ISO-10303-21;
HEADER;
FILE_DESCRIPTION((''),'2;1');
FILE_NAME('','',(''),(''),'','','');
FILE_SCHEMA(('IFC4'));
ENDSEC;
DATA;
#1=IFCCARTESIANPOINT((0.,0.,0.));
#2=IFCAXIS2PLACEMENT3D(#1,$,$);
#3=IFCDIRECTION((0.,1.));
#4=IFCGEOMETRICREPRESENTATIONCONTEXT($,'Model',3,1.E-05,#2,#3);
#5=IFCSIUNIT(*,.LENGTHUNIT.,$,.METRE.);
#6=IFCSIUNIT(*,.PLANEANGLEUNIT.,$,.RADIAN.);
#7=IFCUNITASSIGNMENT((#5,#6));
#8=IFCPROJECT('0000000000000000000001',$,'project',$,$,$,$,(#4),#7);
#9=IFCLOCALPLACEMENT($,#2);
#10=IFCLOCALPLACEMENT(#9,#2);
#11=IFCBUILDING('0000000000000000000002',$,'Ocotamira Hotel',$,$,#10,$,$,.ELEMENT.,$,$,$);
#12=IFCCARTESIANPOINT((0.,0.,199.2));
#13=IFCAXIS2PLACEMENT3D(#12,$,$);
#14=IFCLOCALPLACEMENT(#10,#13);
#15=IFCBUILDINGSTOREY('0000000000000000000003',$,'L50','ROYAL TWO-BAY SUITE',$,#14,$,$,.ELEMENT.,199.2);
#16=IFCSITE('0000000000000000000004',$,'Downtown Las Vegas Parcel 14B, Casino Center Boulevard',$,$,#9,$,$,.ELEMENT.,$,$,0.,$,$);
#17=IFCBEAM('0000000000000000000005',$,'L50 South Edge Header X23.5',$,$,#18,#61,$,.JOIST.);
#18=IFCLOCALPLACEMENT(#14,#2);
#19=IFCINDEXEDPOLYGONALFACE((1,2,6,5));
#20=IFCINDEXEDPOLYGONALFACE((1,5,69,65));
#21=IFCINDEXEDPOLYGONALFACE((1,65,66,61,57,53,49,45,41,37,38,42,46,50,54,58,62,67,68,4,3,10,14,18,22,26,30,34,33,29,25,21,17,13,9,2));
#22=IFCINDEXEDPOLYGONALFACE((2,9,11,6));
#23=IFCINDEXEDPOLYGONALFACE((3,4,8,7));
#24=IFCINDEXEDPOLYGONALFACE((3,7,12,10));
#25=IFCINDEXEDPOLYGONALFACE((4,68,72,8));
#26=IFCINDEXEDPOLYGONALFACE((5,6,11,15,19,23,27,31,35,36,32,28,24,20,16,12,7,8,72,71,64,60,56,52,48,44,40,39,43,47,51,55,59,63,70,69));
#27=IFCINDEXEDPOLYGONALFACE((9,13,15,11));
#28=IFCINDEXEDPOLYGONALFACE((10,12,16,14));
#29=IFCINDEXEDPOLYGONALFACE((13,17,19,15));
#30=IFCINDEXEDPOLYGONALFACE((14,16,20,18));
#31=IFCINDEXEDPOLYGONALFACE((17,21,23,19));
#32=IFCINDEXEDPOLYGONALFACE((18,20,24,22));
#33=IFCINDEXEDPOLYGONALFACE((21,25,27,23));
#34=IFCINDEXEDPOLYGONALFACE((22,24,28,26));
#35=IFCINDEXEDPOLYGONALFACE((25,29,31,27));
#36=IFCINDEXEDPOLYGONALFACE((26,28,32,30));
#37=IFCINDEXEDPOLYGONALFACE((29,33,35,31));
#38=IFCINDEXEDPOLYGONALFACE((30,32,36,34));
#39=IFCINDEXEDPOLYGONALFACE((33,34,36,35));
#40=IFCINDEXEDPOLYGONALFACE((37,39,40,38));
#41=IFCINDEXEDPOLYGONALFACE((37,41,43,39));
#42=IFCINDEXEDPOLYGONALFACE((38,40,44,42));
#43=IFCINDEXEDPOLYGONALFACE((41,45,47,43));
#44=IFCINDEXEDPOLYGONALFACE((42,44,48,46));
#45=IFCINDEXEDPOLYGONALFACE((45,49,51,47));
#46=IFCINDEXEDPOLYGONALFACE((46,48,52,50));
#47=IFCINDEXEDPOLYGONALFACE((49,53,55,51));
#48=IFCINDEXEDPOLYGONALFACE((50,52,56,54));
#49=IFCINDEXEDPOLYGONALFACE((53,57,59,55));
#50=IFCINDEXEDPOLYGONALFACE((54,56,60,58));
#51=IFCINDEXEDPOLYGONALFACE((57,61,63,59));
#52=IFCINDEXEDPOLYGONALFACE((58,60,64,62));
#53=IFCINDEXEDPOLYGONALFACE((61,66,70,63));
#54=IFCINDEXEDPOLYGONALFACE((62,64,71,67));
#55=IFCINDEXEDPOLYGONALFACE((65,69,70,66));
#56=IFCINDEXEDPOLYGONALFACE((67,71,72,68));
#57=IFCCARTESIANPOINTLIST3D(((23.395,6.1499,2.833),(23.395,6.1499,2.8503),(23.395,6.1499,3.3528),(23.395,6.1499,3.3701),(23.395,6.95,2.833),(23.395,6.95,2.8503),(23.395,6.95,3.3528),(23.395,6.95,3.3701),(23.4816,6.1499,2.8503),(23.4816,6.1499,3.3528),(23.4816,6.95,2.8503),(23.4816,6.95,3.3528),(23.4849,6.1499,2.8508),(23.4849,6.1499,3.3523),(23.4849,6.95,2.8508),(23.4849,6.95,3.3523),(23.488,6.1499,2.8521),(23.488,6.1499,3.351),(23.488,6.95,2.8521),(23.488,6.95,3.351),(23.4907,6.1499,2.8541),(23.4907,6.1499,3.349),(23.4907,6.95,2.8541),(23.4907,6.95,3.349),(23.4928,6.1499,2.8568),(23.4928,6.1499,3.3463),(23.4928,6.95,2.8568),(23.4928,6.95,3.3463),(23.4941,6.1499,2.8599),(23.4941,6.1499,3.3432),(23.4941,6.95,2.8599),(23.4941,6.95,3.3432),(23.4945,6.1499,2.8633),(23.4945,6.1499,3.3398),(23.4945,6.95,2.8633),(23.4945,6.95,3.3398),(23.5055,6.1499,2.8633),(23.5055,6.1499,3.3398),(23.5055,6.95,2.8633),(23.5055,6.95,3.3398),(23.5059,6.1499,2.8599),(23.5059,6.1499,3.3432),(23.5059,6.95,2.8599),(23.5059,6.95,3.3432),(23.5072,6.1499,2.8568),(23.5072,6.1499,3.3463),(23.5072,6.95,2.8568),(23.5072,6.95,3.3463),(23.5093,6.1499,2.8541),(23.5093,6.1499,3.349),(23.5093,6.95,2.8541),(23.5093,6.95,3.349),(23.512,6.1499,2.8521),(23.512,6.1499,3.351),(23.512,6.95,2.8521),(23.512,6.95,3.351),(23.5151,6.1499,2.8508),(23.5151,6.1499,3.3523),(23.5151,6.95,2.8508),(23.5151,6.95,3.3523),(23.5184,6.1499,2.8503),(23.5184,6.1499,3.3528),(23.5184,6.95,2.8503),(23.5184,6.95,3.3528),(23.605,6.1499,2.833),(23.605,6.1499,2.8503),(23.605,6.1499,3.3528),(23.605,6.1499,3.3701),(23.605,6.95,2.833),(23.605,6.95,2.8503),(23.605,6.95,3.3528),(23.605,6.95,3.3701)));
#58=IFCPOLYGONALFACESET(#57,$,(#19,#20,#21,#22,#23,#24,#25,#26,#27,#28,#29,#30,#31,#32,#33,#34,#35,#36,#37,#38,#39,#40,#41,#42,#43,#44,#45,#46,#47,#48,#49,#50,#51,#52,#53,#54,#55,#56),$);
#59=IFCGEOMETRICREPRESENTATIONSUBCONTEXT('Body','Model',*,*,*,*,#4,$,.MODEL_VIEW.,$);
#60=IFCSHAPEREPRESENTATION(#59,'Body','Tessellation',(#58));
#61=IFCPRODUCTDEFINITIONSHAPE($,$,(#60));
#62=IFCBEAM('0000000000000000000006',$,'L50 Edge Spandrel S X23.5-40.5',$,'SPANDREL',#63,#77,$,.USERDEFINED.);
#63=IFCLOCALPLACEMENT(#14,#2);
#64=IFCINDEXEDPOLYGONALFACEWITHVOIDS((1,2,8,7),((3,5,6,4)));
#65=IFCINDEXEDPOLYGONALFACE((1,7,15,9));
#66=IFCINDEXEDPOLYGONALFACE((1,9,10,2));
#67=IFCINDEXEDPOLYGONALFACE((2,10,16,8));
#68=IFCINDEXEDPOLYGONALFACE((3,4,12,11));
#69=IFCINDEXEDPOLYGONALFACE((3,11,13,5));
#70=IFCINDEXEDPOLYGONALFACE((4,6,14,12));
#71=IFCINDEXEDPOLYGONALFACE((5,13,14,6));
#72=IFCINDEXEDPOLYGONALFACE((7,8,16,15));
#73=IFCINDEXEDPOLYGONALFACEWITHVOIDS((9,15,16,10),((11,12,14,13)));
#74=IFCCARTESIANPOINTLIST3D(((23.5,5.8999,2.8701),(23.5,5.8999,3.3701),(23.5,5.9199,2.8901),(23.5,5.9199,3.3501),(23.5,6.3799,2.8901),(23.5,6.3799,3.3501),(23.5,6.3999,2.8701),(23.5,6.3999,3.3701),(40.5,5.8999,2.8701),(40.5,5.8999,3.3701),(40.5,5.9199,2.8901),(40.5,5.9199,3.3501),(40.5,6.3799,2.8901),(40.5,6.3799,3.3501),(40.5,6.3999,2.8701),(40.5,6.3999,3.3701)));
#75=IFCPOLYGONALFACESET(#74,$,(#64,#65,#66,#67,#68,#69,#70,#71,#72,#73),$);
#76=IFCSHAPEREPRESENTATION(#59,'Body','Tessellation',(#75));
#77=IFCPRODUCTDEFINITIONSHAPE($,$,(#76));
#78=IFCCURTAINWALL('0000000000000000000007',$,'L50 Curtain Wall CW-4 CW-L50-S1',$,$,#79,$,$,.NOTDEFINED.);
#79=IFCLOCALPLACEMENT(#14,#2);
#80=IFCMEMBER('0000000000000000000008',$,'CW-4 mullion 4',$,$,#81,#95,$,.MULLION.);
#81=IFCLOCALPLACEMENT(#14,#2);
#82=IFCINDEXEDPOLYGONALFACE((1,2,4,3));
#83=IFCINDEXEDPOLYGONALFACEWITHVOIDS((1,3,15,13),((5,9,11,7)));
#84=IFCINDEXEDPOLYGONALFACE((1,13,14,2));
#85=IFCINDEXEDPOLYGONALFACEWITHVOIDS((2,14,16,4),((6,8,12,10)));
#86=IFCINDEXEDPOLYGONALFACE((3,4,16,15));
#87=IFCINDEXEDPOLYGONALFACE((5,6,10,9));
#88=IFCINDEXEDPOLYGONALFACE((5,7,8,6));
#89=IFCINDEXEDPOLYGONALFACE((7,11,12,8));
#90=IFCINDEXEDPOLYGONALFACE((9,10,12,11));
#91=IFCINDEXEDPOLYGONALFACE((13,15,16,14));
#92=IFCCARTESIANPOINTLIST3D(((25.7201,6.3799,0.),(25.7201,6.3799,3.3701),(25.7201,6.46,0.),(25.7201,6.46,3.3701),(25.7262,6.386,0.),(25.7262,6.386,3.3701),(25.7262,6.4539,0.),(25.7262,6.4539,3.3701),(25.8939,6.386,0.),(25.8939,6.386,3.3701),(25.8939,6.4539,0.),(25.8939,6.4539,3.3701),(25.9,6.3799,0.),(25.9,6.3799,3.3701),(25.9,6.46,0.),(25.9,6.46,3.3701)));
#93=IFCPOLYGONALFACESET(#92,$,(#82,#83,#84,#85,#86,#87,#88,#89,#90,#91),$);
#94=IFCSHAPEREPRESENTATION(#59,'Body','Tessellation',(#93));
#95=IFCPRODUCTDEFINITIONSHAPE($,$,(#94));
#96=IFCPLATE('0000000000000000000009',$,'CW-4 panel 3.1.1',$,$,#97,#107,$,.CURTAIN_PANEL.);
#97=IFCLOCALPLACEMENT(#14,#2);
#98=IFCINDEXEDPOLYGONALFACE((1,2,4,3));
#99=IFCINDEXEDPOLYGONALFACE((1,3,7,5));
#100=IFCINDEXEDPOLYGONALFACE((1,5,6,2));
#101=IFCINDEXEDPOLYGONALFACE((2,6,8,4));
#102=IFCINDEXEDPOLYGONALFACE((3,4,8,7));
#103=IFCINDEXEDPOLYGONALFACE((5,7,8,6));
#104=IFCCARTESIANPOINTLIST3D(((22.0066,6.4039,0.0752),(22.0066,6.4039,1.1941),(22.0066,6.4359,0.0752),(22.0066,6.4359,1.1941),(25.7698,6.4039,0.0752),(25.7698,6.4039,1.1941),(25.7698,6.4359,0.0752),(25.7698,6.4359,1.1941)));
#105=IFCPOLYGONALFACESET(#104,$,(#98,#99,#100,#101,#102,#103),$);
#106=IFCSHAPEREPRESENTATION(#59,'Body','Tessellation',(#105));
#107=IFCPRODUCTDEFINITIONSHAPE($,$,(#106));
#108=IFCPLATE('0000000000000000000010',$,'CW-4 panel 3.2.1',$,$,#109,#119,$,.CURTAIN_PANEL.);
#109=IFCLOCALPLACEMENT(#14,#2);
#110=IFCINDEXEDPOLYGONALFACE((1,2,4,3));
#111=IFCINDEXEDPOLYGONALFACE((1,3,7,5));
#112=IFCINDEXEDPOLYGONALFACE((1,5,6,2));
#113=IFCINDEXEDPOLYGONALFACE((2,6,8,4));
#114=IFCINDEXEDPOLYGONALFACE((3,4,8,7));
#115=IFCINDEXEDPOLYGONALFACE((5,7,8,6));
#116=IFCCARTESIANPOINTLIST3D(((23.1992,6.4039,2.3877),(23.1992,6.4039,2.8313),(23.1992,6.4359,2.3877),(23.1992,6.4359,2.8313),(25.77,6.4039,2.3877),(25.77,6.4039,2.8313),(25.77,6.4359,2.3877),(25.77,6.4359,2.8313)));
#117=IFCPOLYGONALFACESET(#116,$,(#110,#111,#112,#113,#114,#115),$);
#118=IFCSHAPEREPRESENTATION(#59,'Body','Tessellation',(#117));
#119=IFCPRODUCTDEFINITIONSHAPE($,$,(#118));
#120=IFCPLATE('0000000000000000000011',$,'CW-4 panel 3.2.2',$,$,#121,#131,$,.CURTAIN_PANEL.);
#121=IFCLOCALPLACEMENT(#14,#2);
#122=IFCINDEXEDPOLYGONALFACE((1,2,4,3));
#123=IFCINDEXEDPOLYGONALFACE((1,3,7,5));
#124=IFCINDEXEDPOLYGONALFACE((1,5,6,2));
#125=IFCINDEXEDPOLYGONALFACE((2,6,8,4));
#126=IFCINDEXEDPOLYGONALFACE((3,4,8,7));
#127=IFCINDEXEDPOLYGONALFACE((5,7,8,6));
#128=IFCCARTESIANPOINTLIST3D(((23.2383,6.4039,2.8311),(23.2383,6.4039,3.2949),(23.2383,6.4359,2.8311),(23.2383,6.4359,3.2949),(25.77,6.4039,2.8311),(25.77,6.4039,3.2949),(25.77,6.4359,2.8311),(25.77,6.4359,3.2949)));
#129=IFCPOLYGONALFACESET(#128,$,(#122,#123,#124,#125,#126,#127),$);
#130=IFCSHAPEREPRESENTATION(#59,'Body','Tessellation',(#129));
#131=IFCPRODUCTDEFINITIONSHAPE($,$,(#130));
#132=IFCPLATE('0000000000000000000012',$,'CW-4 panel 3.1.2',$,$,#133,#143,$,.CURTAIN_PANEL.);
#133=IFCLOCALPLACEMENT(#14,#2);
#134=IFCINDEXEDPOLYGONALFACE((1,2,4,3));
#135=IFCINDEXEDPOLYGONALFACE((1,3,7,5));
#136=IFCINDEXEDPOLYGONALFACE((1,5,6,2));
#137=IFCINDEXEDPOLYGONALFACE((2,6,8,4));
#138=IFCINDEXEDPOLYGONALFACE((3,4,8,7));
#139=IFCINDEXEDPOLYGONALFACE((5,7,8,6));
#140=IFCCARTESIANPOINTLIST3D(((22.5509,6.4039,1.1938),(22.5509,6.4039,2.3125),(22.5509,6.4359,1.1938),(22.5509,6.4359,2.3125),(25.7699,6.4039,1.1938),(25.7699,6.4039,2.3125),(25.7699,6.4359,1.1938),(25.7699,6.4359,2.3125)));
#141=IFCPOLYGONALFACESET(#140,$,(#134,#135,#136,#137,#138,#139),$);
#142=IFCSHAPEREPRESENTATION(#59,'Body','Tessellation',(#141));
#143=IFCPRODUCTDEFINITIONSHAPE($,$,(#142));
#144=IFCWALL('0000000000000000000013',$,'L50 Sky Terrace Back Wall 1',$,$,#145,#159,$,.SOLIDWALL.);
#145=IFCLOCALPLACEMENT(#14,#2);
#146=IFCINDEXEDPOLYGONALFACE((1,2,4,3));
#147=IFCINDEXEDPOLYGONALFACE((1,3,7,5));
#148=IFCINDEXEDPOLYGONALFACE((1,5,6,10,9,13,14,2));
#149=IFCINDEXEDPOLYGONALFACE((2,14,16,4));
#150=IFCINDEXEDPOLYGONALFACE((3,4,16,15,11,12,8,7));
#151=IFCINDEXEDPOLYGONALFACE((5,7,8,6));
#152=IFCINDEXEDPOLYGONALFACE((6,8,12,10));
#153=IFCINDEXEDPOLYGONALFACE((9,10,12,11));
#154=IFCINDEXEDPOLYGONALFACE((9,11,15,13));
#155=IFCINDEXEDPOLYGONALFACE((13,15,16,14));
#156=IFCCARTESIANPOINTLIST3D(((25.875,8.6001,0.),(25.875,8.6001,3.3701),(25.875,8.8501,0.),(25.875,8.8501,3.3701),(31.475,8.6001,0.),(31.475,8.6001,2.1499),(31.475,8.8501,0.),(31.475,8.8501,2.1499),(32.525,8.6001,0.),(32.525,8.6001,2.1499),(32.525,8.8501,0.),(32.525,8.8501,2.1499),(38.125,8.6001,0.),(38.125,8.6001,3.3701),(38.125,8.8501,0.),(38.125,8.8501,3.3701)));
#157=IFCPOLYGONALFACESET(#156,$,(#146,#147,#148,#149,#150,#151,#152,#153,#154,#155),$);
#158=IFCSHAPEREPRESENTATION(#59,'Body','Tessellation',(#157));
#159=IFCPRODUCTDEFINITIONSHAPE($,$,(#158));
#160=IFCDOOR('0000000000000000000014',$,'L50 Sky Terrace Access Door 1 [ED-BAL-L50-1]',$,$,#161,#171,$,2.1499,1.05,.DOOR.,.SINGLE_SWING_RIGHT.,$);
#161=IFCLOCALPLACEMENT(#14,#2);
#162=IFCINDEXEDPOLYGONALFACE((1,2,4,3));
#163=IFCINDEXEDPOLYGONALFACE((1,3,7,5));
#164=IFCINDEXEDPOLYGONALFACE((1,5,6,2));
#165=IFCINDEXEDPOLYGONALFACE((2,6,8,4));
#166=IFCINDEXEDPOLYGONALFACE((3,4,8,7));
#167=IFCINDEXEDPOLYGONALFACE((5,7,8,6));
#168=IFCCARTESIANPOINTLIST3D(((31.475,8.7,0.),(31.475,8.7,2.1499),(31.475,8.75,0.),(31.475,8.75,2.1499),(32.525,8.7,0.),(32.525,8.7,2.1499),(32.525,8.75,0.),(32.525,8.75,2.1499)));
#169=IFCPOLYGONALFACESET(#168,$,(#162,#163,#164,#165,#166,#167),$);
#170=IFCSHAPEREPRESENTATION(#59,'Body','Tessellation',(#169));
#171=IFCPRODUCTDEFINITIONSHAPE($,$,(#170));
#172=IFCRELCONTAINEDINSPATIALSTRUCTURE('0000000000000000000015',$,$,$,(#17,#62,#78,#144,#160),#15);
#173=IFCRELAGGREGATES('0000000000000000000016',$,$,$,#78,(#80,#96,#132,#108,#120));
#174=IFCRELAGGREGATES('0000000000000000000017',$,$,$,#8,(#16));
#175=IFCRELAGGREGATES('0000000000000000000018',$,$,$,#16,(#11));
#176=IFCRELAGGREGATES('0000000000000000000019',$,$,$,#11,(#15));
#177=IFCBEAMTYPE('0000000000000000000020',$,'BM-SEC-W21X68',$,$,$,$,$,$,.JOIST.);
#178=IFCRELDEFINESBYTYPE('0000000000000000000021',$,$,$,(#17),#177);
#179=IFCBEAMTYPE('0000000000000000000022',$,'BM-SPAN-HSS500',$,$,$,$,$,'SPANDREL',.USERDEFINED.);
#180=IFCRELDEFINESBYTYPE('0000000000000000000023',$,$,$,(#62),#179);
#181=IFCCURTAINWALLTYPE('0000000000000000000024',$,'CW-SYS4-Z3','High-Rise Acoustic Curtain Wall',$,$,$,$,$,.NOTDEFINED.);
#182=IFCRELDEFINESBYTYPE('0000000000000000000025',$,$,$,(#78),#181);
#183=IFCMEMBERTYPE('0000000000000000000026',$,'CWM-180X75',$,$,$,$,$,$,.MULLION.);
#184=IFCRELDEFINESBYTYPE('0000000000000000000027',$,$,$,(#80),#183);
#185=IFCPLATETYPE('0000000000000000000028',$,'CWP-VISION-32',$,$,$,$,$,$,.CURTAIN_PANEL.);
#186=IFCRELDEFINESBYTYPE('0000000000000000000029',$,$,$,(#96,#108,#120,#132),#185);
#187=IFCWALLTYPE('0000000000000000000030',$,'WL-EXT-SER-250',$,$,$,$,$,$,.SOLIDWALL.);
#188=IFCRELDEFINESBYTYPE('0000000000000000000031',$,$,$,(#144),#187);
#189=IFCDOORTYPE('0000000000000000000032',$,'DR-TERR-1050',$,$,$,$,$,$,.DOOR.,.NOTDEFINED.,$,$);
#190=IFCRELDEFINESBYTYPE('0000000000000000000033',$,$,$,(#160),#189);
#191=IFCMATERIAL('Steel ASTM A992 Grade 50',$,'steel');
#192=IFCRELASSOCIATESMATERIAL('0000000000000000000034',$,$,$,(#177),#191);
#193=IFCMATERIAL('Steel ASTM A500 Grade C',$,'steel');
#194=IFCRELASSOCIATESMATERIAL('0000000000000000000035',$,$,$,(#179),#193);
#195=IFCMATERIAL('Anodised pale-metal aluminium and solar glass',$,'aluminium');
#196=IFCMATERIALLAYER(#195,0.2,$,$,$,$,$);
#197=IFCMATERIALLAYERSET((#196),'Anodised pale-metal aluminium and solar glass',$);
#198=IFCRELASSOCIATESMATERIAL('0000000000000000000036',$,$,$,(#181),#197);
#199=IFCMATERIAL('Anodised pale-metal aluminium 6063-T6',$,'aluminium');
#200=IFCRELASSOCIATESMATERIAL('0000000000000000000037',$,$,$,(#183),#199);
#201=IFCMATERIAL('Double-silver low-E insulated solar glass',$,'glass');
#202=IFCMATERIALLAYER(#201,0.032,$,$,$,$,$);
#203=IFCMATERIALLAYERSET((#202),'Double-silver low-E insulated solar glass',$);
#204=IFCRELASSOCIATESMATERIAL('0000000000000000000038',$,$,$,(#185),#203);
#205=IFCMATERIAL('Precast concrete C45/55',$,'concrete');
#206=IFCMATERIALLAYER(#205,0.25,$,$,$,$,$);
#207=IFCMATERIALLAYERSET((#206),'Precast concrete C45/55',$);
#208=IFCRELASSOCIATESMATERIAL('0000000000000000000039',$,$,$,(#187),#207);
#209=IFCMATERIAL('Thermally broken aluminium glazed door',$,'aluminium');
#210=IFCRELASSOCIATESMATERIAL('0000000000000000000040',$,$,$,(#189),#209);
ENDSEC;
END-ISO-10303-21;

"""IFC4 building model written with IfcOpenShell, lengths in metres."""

from ifc_helpers import new_model, si_unit, direction, frame, frame_2d, origin, origin_2d, place, context, subcontext, project, spatial, rectangle, hollow_rectangle, i_section, extrude, source, transform, mapped, material, layer, layer_set, material_profile, profile_set, type_object, element, fill, aggregate, save


model = new_model("IFC4")

# Units and contexts
model_context = context("Model", 3, precision=1e-05, world=origin(), true_north=direction((0.0, 1.0)))
body_context = subcontext(model_context, "Body", "Model", "MODEL_VIEW")
ifc_project = project(units=[si_unit("LENGTHUNIT", "METRE"), si_unit("PLANEANGLEUNIT", "RADIAN")], contexts=[model_context])

# Site, building, storey
site_placement = place(None, origin())
site = spatial("IfcSite", under=ifc_project, at=site_placement, Name="Downtown Las Vegas Parcel 14B, Casino Center Boulevard", CompositionType="ELEMENT", RefElevation=0.0)
building_placement = place(site_placement, origin())
building = spatial("IfcBuilding", under=site, at=building_placement, Name="Ocotamira Hotel", CompositionType="ELEMENT")
storey_placement = place(building_placement, frame((0.0, 0.0, 199.2)))
storey = spatial("IfcBuildingStorey", under=building, at=storey_placement, Name="L50", Description="ROYAL TWO-BAY SUITE", CompositionType="ELEMENT", Elevation=199.2)

# Beams
ifc_material_1 = material(Name="Steel ASTM A992 Grade 50", Category="steel")
ifc_material_profile_1 = material_profile(ifc_material_1, i_section(OverallWidth=0.21, OverallDepth=0.5371, WebThickness=0.011, FlangeThickness=0.0173, FilletRadius=0.0129, at=origin_2d()), Name="W21X68")
ifc_profile_set_1 = profile_set([ifc_material_profile_1], Name="Steel ASTM A992 Grade 50")
beam_type_1 = type_object("IfcBeamType", Name="BM-SEC-W21X68", PredefinedType="JOIST", material=ifc_profile_set_1)
shared_shape_1 = source(origin(), body_context, "Body", "SweptSolid", [
    extrude(i_section(OverallWidth=0.21, OverallDepth=0.5371, WebThickness=0.011, FlangeThickness=0.0173, FilletRadius=0.0129, at=origin_2d()), origin(), (0.0, 0.0, 1.0), 0.8),
])
beam_1_placement = place(storey_placement, frame((23.5, 6.95, 3.1016), z_axis=(0.0, -1.0, 0.0), x_axis=(1.0, 0.0, 0.0)))
element("IfcBeam", 1, at=beam_1_placement, inside=storey, type_object=beam_type_1, Name="L50 South Edge Header X23.5", PredefinedType="JOIST", context=body_context, shape_type="MappedRepresentation", body=[
    mapped(shared_shape_1, transform((0.0, 0.0, 0.0), scale=1.0)),
])
ifc_material_2 = material(Name="Steel ASTM A500 Grade C", Category="steel")
ifc_material_profile_2 = material_profile(ifc_material_2, hollow_rectangle(XDim=0.5, YDim=0.5, WallThickness=0.02, at=origin_2d()), Name="HSS500X500X20")
ifc_profile_set_2 = profile_set([ifc_material_profile_2], Name="Steel ASTM A500 Grade C")
beam_type_2 = type_object("IfcBeamType", Name="BM-SPAN-HSS500", ElementType="SPANDREL", PredefinedType="USERDEFINED", material=ifc_profile_set_2)
shared_shape_2 = source(origin(), body_context, "Body", "SweptSolid", [
    extrude(hollow_rectangle(XDim=0.5, YDim=0.5, WallThickness=0.02, at=origin_2d()), origin(), (0.0, 0.0, 1.0), 17.0),
])
beam_2_placement = place(storey_placement, frame((23.5, 6.1499, 3.1201), z_axis=(1.0, 0.0, 0.0), x_axis=(0.0, 1.0, 0.0)))
element("IfcBeam", 2, at=beam_2_placement, inside=storey, type_object=beam_type_2, Name="L50 Edge Spandrel S X23.5-40.5", ObjectType="SPANDREL", PredefinedType="USERDEFINED", context=body_context, shape_type="MappedRepresentation", body=[
    mapped(shared_shape_2, transform((0.0, 0.0, 0.0), scale=1.0)),
])

# Curtain wall, member, plates
ifc_material_3 = material(Name="Anodised pale-metal aluminium and solar glass", Category="aluminium")
ifc_layer_1 = layer(ifc_material_3, 0.2)
ifc_layer_set_1 = layer_set([ifc_layer_1], Name="Anodised pale-metal aluminium and solar glass")
curtain_wall_type = type_object("IfcCurtainWallType", Name="CW-SYS4-Z3", Description="High-Rise Acoustic Curtain Wall", PredefinedType="NOTDEFINED", material=ifc_layer_set_1)
curtain_wall_placement = place(storey_placement, origin())
curtain_wall = element("IfcCurtainWall", 3, at=curtain_wall_placement, inside=storey, type_object=curtain_wall_type, Name="L50 Curtain Wall CW-4 CW-L50-S1", PredefinedType="NOTDEFINED")
ifc_material_4 = material(Name="Anodised pale-metal aluminium 6063-T6", Category="aluminium")
ifc_material_profile_3 = material_profile(ifc_material_4, hollow_rectangle(XDim=0.0801, YDim=0.1799, WallThickness=0.0061, at=origin_2d()), Name="HSS180X80X6")
ifc_profile_set_3 = profile_set([ifc_material_profile_3], Name="Anodised pale-metal aluminium 6063-T6")
member_type = type_object("IfcMemberType", Name="CWM-180X75", PredefinedType="MULLION", material=ifc_profile_set_3)
shared_shape_3 = source(origin(), body_context, "Body", "SweptSolid", [
    extrude(hollow_rectangle(XDim=0.0801, YDim=0.1799, WallThickness=0.0061, at=origin_2d()), origin(), (0.0, 0.0, 1.0), 3.3701),
])
member_placement = place(storey_placement, frame((25.8101, 6.4199, 0.0), z_axis=(0.0, 0.0, 1.0), x_axis=(0.0, 1.0, 0.0)))
member = element("IfcMember", 4, at=member_placement, type_object=member_type, Name="CW-4 mullion 4", PredefinedType="MULLION", context=body_context, shape_type="MappedRepresentation", body=[
    mapped(shared_shape_3, transform((0.0, 0.0, 0.0), scale=1.0)),
])
ifc_material_5 = material(Name="Double-silver low-E insulated solar glass", Category="glass")
ifc_layer_2 = layer(ifc_material_5, 0.032)
ifc_layer_set_2 = layer_set([ifc_layer_2], Name="Double-silver low-E insulated solar glass")
plate_type = type_object("IfcPlateType", Name="CWP-VISION-32", PredefinedType="CURTAIN_PANEL", material=ifc_layer_set_2)
shared_shape_4 = source(origin(), body_context, "Body", "SweptSolid", [
    extrude(rectangle(XDim=3.7632, YDim=0.032, at=origin_2d()), origin(), (0.0, 0.0, 1.0), 1.1189),
])
plate_1_placement = place(storey_placement, frame((23.8882, 6.4199, 0.0752), z_axis=(0.0, 0.0, 1.0), x_axis=(1.0, 0.0, 0.0)))
plate_1 = element("IfcPlate", 5, at=plate_1_placement, type_object=plate_type, Name="CW-4 panel 3.1.1", PredefinedType="CURTAIN_PANEL", context=body_context, shape_type="MappedRepresentation", body=[
    mapped(shared_shape_4, transform((0.0, 0.0, 0.0), scale=1.0)),
])
shared_shape_5 = source(origin(), body_context, "Body", "SweptSolid", [
    extrude(rectangle(XDim=2.5708, YDim=0.032, at=origin_2d()), origin(), (0.0, 0.0, 1.0), 0.4436),
])
plate_2_placement = place(storey_placement, frame((24.4846, 6.4199, 2.3877), z_axis=(0.0, 0.0, 1.0), x_axis=(1.0, 0.0, 0.0)))
plate_2 = element("IfcPlate", 6, at=plate_2_placement, type_object=plate_type, Name="CW-4 panel 3.2.1", PredefinedType="CURTAIN_PANEL", context=body_context, shape_type="MappedRepresentation", body=[
    mapped(shared_shape_5, transform((0.0, 0.0, 0.0), scale=1.0)),
])
shared_shape_6 = source(origin(), body_context, "Body", "SweptSolid", [
    extrude(rectangle(XDim=2.5317, YDim=0.032, at=origin_2d()), origin(), (0.0, 0.0, 1.0), 0.4639),
])
plate_3_placement = place(storey_placement, frame((24.5042, 6.4199, 2.8311), z_axis=(0.0, 0.0, 1.0), x_axis=(1.0, 0.0, 0.0)))
plate_3 = element("IfcPlate", 7, at=plate_3_placement, type_object=plate_type, Name="CW-4 panel 3.2.2", PredefinedType="CURTAIN_PANEL", context=body_context, shape_type="MappedRepresentation", body=[
    mapped(shared_shape_6, transform((0.0, 0.0, 0.0), scale=1.0)),
])
shared_shape_7 = source(origin(), body_context, "Body", "SweptSolid", [
    extrude(rectangle(XDim=3.219, YDim=0.032, at=origin_2d()), origin(), (0.0, 0.0, 1.0), 1.1187),
])
plate_4_placement = place(storey_placement, frame((24.1604, 6.4199, 1.1938), z_axis=(0.0, 0.0, 1.0), x_axis=(1.0, 0.0, 0.0)))
plate_4 = element("IfcPlate", 8, at=plate_4_placement, type_object=plate_type, Name="CW-4 panel 3.1.2", PredefinedType="CURTAIN_PANEL", context=body_context, shape_type="MappedRepresentation", body=[
    mapped(shared_shape_7, transform((0.0, 0.0, 0.0), scale=1.0)),
])
aggregate(curtain_wall, [member, plate_1, plate_4, plate_2, plate_3])

# Wall, opening, door
ifc_material_6 = material(Name="Precast concrete C45/55", Category="concrete")
ifc_layer_3 = layer(ifc_material_6, 0.25)
ifc_layer_set_3 = layer_set([ifc_layer_3], Name="Precast concrete C45/55")
wall_type_1 = type_object("IfcWallType", Name="WL-EXT-SER-250", PredefinedType="SOLIDWALL", material=ifc_layer_set_3)
wall_1_placement = place(storey_placement, frame((25.875, 8.7251, 0.0), z_axis=(0.0, 0.0, 1.0), x_axis=(1.0, 0.0, 0.0)))
wall_1 = element("IfcWall", 9, at=wall_1_placement, inside=storey, type_object=wall_type_1, Name="L50 Sky Terrace Back Wall 1", PredefinedType="SOLIDWALL", context=body_context, shape_type="SweptSolid", body=[
    extrude(rectangle(XDim=12.25, YDim=0.25, at=frame_2d((6.125, 0.0))), origin(), (0.0, 0.0, 1.0), 3.3701),
])
opening_1_placement = place(wall_1_placement, frame((5.6001, 0.0, 0.0)))
opening_1 = element("IfcOpeningElement", 10, at=opening_1_placement, cuts=wall_1, PredefinedType="OPENING", context=body_context, shape_type="SweptSolid", body=[
    extrude(rectangle(XDim=1.05, YDim=2.1499, at=frame_2d((0.5249, 1.075))), frame((0.0, 0.135, 0.0), z_axis=(0.0, -1.0, 0.0), x_axis=(1.0, 0.0, 0.0)), (0.0, 0.0, 1.0), 0.27),
])
ifc_material_7 = material(Name="Thermally broken aluminium glazed door", Category="aluminium")
door_type_1 = type_object("IfcDoorType", Name="DR-TERR-1050", OperationType="NOTDEFINED", PredefinedType="DOOR", material=ifc_material_7)
shared_shape_8 = source(origin(), body_context, "Body", "SweptSolid", [
    extrude(rectangle(XDim=1.05, YDim=2.1499, at=frame_2d((0.5249, 1.075))), frame((0.0, 0.0249, 0.0), z_axis=(0.0, -1.0, 0.0), x_axis=(1.0, 0.0, 0.0)), (0.0, 0.0, 1.0), 0.05),
])
door_1_placement = place(opening_1_placement, origin())
door_1 = element("IfcDoor", 11, at=door_1_placement, inside=storey, type_object=door_type_1, Name="L50 Sky Terrace Access Door 1 [ED-BAL-L50-1]", OperationType="SINGLE_SWING_RIGHT", OverallHeight=2.1499, OverallWidth=1.05, PredefinedType="DOOR", context=body_context, shape_type="MappedRepresentation", body=[
    mapped(shared_shape_8, transform((0.0, 0.0, 0.0), scale=1.0)),
])
fill(opening_1, door_1)

save(model, "model.ifc")
